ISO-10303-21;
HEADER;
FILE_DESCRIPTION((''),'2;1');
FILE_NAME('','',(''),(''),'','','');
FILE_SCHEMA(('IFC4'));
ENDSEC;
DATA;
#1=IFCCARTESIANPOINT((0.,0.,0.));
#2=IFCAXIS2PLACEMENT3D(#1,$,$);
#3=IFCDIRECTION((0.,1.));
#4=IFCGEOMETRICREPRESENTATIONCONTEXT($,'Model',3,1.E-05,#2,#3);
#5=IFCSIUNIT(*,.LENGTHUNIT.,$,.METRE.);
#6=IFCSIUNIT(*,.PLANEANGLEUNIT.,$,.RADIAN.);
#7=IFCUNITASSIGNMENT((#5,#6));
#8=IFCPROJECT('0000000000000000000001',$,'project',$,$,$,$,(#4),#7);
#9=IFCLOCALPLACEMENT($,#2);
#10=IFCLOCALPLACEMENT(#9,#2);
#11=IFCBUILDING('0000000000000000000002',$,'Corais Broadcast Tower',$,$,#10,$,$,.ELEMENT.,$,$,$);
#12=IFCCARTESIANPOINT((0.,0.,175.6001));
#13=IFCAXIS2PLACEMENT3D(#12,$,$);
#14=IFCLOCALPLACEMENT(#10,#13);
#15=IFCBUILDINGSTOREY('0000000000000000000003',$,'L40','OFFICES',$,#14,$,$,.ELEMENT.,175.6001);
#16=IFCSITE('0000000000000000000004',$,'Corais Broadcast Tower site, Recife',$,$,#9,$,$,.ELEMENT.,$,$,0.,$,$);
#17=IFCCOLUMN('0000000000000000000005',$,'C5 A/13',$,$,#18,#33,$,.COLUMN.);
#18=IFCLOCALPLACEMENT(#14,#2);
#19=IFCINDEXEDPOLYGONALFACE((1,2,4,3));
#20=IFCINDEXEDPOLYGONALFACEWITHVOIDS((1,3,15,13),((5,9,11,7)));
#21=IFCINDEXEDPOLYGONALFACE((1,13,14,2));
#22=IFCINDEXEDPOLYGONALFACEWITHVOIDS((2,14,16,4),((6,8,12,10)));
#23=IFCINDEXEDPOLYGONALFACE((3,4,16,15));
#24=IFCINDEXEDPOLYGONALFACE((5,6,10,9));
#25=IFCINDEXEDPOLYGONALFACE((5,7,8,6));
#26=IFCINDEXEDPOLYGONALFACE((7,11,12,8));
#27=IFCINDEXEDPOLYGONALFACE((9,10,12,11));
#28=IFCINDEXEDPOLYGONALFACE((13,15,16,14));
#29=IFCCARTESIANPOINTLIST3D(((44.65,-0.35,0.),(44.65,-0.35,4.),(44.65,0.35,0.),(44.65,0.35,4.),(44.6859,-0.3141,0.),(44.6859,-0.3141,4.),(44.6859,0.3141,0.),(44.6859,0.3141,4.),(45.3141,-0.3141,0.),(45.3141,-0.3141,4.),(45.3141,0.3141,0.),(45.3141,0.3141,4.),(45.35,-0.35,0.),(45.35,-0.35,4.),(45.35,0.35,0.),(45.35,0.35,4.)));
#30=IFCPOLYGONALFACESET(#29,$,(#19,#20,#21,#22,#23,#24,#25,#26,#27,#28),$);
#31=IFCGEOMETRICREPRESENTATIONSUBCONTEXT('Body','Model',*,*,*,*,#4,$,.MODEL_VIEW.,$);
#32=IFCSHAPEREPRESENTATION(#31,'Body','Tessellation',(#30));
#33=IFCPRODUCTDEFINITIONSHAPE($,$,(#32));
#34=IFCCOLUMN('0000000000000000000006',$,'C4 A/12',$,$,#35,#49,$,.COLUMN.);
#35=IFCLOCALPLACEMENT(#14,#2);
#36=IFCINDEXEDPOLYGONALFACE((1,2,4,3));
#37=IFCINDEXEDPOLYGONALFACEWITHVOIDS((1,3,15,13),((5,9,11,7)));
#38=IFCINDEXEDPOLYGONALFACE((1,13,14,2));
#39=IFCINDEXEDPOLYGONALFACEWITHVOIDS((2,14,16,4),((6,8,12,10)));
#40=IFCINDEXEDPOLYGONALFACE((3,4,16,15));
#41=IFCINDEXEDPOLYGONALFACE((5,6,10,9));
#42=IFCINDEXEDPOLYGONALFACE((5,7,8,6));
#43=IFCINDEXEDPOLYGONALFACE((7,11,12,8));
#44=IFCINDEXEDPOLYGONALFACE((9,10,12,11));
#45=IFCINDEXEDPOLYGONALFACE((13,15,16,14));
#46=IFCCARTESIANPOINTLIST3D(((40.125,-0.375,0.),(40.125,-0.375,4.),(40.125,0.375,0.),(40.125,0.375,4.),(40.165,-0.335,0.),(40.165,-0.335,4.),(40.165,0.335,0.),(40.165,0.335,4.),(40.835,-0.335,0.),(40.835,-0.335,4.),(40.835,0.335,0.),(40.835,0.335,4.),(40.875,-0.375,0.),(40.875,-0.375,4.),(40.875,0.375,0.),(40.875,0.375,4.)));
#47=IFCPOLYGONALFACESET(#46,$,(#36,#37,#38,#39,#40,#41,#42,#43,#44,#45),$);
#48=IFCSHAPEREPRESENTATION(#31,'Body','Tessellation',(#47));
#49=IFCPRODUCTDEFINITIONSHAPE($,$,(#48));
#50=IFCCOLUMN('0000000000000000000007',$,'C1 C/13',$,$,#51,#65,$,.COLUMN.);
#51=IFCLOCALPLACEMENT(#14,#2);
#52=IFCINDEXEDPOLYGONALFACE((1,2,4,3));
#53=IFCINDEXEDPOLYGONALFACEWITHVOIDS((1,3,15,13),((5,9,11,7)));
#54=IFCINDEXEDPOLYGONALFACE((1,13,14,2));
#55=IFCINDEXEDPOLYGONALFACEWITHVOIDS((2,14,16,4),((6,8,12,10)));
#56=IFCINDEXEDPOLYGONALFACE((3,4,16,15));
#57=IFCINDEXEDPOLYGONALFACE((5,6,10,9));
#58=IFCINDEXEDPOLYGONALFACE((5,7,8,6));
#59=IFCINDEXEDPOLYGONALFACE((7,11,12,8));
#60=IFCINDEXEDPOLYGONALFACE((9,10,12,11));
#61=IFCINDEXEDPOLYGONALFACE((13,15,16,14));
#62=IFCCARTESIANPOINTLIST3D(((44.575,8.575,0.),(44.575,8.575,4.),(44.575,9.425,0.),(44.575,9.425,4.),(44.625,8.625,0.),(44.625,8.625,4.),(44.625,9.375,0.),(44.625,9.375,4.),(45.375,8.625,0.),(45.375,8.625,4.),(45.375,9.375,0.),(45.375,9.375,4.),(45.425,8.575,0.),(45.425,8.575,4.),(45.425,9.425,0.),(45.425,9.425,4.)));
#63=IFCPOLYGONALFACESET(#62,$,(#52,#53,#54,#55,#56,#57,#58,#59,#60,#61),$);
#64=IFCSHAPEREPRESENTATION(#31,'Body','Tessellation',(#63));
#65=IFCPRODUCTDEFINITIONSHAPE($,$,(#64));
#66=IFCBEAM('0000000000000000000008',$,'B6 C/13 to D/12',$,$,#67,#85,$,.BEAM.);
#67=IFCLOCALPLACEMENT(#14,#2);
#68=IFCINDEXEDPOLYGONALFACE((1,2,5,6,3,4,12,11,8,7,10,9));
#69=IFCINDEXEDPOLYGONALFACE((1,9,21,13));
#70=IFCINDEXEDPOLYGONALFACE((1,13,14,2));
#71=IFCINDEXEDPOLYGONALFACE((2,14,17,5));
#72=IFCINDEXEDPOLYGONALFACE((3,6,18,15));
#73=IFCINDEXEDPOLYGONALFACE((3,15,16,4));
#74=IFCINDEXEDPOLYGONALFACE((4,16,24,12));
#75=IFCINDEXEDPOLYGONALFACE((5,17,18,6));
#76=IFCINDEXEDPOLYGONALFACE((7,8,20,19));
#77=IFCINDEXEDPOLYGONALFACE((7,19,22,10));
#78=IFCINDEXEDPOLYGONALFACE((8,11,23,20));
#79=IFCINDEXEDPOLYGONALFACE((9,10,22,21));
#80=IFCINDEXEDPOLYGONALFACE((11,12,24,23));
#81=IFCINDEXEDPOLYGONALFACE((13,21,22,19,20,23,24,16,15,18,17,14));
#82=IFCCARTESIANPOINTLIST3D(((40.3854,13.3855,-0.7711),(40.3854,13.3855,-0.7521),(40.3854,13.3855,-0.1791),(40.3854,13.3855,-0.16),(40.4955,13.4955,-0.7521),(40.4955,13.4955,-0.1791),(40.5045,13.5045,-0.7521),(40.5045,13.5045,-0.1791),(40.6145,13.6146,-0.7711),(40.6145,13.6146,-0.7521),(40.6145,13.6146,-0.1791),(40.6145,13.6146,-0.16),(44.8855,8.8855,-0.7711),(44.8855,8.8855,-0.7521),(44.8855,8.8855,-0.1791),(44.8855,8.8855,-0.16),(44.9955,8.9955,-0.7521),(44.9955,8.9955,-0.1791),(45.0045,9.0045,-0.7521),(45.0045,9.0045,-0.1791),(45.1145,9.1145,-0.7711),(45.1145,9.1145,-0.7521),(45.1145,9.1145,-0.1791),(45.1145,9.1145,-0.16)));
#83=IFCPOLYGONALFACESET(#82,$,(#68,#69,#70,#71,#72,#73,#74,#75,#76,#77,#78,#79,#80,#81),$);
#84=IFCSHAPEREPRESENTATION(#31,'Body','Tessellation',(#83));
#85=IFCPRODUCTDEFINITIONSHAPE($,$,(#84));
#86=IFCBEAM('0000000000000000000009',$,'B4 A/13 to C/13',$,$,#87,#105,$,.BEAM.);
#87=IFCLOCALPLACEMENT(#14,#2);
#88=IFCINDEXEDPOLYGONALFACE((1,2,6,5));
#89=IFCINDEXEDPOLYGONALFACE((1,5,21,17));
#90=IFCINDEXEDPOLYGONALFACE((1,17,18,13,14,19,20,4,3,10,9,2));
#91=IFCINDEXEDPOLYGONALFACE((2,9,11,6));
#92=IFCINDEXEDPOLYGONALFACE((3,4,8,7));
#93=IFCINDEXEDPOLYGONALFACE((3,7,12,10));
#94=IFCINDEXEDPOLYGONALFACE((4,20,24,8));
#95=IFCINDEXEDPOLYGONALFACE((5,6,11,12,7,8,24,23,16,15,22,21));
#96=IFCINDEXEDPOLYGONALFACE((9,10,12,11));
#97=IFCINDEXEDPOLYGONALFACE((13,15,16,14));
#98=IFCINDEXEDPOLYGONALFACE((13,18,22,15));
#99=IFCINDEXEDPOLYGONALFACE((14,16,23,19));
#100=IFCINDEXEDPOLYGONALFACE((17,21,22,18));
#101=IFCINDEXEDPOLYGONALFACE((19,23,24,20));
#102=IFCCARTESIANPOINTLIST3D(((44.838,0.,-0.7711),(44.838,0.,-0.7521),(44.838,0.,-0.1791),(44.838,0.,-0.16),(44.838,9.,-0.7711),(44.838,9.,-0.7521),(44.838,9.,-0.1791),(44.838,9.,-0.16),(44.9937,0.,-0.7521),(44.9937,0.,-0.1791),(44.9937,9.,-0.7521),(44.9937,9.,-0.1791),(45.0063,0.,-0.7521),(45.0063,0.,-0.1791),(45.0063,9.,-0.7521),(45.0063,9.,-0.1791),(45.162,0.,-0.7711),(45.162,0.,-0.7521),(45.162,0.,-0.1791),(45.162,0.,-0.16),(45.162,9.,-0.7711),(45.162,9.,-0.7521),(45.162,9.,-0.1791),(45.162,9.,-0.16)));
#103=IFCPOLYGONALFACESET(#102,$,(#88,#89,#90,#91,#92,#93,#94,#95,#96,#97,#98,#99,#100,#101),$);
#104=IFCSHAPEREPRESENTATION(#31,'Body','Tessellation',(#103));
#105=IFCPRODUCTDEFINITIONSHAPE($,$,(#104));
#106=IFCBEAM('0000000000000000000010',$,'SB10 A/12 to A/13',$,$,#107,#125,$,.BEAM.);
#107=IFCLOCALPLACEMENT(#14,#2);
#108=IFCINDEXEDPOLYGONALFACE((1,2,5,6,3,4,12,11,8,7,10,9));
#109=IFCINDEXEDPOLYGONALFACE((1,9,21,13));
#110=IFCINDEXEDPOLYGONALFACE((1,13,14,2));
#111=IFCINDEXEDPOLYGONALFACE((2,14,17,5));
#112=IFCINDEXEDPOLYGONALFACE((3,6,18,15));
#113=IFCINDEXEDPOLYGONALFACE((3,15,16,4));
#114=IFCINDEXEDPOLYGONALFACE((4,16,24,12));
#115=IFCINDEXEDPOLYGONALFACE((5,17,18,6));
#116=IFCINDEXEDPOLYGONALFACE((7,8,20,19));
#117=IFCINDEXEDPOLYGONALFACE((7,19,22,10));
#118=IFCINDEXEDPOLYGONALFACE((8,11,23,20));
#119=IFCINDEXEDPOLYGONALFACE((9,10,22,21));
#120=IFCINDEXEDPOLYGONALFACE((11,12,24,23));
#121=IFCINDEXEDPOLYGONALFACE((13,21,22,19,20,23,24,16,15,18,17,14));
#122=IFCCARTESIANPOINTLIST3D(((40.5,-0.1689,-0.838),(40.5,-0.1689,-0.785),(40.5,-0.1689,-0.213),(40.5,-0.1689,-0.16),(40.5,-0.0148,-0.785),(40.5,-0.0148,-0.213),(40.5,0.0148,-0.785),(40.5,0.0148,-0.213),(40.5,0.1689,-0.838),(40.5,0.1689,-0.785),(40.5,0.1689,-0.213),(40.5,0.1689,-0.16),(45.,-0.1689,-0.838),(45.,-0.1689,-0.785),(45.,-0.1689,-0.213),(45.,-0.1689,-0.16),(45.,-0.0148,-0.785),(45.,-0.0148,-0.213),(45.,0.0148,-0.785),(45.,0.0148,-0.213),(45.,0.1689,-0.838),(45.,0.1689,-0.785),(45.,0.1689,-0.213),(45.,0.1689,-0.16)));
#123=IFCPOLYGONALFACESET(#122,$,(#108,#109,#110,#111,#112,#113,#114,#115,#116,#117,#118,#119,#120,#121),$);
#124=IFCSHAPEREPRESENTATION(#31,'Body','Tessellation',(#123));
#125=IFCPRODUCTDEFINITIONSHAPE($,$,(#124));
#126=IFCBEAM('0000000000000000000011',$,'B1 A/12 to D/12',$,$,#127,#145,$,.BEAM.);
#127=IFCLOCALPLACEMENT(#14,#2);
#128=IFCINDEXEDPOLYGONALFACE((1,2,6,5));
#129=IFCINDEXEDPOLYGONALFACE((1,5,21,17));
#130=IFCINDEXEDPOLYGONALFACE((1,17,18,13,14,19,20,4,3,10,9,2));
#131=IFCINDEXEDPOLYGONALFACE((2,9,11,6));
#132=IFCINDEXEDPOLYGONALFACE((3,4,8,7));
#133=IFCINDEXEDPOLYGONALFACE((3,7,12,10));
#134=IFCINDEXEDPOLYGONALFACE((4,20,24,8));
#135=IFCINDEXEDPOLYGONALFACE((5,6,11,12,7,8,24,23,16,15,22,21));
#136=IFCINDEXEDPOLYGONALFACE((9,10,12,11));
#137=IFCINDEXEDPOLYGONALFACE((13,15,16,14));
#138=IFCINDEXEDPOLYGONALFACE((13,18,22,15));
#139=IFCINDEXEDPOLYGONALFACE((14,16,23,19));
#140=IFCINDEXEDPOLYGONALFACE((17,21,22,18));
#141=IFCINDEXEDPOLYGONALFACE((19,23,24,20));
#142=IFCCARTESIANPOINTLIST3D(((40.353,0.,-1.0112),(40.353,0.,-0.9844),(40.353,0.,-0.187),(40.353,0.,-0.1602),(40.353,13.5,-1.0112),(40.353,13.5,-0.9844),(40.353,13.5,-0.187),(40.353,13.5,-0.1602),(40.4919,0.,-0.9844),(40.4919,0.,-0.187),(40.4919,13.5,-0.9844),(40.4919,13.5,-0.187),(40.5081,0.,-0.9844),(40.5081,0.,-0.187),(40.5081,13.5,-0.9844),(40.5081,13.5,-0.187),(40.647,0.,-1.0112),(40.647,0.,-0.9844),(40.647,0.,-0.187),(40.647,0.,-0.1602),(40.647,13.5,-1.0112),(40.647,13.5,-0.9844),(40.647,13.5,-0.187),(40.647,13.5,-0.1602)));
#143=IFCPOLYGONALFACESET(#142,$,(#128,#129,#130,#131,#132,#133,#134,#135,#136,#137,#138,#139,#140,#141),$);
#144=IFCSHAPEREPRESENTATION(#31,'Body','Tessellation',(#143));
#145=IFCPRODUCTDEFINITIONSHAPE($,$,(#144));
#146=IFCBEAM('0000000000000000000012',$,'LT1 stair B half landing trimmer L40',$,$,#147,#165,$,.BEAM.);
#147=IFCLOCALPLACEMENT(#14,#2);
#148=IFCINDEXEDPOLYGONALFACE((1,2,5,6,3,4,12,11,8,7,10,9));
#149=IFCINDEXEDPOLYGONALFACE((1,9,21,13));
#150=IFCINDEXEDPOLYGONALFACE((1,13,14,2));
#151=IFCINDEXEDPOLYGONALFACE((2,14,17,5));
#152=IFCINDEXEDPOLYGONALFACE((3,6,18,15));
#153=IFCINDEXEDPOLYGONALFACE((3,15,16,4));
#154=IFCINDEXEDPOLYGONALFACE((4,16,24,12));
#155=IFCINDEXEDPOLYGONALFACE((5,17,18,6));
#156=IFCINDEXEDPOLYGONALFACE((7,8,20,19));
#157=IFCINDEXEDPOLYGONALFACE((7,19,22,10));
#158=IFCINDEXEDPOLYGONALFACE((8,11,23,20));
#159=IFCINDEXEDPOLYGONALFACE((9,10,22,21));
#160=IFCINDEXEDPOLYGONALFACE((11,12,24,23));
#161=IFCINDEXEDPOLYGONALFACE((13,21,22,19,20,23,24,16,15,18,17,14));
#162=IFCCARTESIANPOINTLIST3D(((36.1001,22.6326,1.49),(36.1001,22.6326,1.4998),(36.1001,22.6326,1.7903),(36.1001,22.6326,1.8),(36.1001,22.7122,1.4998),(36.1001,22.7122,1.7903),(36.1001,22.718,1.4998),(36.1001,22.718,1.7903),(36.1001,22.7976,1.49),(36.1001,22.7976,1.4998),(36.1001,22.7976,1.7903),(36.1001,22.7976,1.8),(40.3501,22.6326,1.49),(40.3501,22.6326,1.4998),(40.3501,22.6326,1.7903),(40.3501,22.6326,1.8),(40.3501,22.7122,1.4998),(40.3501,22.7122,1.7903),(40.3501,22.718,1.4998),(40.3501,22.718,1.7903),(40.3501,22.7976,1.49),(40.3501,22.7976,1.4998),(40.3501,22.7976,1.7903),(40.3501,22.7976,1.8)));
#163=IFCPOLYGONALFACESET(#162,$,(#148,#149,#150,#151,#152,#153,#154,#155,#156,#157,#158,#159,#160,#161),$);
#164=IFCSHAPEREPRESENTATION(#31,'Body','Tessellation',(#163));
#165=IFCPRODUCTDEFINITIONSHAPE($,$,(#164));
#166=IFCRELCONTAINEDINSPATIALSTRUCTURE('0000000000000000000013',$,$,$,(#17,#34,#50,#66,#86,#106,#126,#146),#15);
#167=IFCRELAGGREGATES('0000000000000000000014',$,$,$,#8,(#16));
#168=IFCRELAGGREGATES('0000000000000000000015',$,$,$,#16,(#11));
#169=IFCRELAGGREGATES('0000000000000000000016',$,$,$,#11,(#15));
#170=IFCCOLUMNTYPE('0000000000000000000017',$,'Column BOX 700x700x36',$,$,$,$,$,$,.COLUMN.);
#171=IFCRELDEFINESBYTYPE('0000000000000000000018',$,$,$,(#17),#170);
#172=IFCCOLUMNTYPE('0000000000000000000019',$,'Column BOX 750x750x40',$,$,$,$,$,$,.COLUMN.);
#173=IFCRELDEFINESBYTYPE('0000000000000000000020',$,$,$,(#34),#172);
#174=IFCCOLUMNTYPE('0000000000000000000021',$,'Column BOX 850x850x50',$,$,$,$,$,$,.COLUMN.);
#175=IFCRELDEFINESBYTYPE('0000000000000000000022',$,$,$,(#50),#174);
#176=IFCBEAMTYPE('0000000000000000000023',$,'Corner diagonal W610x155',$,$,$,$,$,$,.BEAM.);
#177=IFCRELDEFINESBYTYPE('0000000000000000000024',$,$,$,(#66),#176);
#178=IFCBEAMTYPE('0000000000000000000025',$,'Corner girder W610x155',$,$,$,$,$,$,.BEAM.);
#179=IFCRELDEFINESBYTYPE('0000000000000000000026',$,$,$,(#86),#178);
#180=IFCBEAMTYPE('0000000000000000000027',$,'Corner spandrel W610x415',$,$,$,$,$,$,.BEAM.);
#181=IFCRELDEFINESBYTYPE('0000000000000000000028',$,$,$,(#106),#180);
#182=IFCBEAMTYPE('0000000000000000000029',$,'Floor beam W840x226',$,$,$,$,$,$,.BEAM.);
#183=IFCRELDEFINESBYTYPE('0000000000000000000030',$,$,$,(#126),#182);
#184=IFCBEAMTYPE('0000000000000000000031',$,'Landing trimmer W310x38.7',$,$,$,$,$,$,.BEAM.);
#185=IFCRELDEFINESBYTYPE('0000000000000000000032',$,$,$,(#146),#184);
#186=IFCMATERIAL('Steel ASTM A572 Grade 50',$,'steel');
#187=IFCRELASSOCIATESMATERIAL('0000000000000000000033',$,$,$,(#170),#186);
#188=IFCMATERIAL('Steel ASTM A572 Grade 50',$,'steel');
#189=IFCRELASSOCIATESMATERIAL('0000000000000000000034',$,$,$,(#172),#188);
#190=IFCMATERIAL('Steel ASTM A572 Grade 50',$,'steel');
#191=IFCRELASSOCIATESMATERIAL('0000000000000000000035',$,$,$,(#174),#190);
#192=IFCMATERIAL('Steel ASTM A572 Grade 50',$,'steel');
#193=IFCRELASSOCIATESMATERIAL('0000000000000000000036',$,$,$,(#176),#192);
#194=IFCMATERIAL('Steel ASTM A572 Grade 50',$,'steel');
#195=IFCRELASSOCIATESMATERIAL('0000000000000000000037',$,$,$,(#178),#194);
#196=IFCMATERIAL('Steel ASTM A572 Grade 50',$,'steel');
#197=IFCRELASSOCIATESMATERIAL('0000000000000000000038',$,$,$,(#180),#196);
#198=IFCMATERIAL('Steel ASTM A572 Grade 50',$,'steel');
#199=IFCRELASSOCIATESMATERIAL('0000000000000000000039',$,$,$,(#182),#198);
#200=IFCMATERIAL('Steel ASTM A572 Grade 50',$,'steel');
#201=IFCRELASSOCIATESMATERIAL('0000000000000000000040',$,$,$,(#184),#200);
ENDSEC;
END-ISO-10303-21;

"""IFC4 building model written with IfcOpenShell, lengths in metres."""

from ifc_helpers import new_model, si_unit, direction, frame, origin, origin_2d, place, context, subcontext, project, spatial, hollow_rectangle, i_section, extrude, material, material_profile, profile_set, type_object, element, save


model = new_model("IFC4")

# Units and contexts
model_context = context("Model", 3, precision=1e-05, world=origin(), true_north=direction((0.0, 1.0)))
body_context = subcontext(model_context, "Body", "Model", "MODEL_VIEW")
ifc_project = project(units=[si_unit("LENGTHUNIT", "METRE"), si_unit("PLANEANGLEUNIT", "RADIAN")], contexts=[model_context])

# Site, building, storey
site_placement = place(None, origin())
site = spatial("IfcSite", under=ifc_project, at=site_placement, Name="Corais Broadcast Tower site, Recife", CompositionType="ELEMENT", RefElevation=0.0)
building_placement = place(site_placement, origin())
building = spatial("IfcBuilding", under=site, at=building_placement, Name="Corais Broadcast Tower", CompositionType="ELEMENT")
storey_placement = place(building_placement, frame((0.0, 0.0, 175.6001)))
storey = spatial("IfcBuildingStorey", under=building, at=storey_placement, Name="L40", Description="OFFICES", CompositionType="ELEMENT", Elevation=175.6001)

# Columns
ifc_material_1 = material(Name="Steel ASTM A572 Grade 50", Category="steel")
ifc_material_profile_1 = material_profile(ifc_material_1, hollow_rectangle(XDim=0.7, YDim=0.7, WallThickness=0.0359, at=origin_2d()), Name="BOX 700x700x36")
ifc_profile_set_1 = profile_set([ifc_material_profile_1], Name="Steel ASTM A572 Grade 50")
column_type_1 = type_object("IfcColumnType", Name="Column BOX 700x700x36", PredefinedType="COLUMN", material=ifc_profile_set_1)
column_1_placement = place(storey_placement, frame((45.0, 0.0, 0.0), z_axis=(0.0, 0.0, 1.0), x_axis=(1.0, 0.0, 0.0)))
element("IfcColumn", 1, at=column_1_placement, inside=storey, type_object=column_type_1, Name="C5 A/13", PredefinedType="COLUMN", context=body_context, shape_type="SweptSolid", body=[
    extrude(hollow_rectangle(XDim=0.7, YDim=0.7, WallThickness=0.0359, at=origin_2d()), origin(), (0.0, 0.0, 1.0), 4.0),
])
ifc_material_2 = material(Name="Steel ASTM A572 Grade 50", Category="steel")
ifc_material_profile_2 = material_profile(ifc_material_2, hollow_rectangle(XDim=0.75, YDim=0.75, WallThickness=0.04, at=origin_2d()), Name="BOX 750x750x40")
ifc_profile_set_2 = profile_set([ifc_material_profile_2], Name="Steel ASTM A572 Grade 50")
column_type_2 = type_object("IfcColumnType", Name="Column BOX 750x750x40", PredefinedType="COLUMN", material=ifc_profile_set_2)
column_2_placement = place(storey_placement, frame((40.5, 0.0, 0.0), z_axis=(0.0, 0.0, 1.0), x_axis=(1.0, 0.0, 0.0)))
element("IfcColumn", 2, at=column_2_placement, inside=storey, type_object=column_type_2, Name="C4 A/12", PredefinedType="COLUMN", context=body_context, shape_type="SweptSolid", body=[
    extrude(hollow_rectangle(XDim=0.75, YDim=0.75, WallThickness=0.04, at=origin_2d()), origin(), (0.0, 0.0, 1.0), 4.0),
])
ifc_material_3 = material(Name="Steel ASTM A572 Grade 50", Category="steel")
ifc_material_profile_3 = material_profile(ifc_material_3, hollow_rectangle(XDim=0.8501, YDim=0.8501, WallThickness=0.05, at=origin_2d()), Name="BOX 850x850x50")
ifc_profile_set_3 = profile_set([ifc_material_profile_3], Name="Steel ASTM A572 Grade 50")
column_type_3 = type_object("IfcColumnType", Name="Column BOX 850x850x50", PredefinedType="COLUMN", material=ifc_profile_set_3)
column_3_placement = place(storey_placement, frame((45.0, 9.0, 0.0), z_axis=(0.0, 0.0, 1.0), x_axis=(1.0, 0.0, 0.0)))
element("IfcColumn", 3, at=column_3_placement, inside=storey, type_object=column_type_3, Name="C1 C/13", PredefinedType="COLUMN", context=body_context, shape_type="SweptSolid", body=[
    extrude(hollow_rectangle(XDim=0.8501, YDim=0.8501, WallThickness=0.05, at=origin_2d()), origin(), (0.0, 0.0, 1.0), 4.0),
])

# Beams
ifc_material_4 = material(Name="Steel ASTM A572 Grade 50", Category="steel")
ifc_material_profile_4 = material_profile(ifc_material_4, i_section(OverallWidth=0.324, OverallDepth=0.6111, WebThickness=0.0127, FlangeThickness=0.019, at=origin_2d()), Name="W610x155")
ifc_profile_set_4 = profile_set([ifc_material_profile_4], Name="Steel ASTM A572 Grade 50")
beam_type_1 = type_object("IfcBeamType", Name="Corner diagonal W610x155", PredefinedType="BEAM", material=ifc_profile_set_4)
beam_1_placement = place(storey_placement, frame((45.0, 9.0, -0.4656), z_axis=(-0.707107, 0.707107, 0.0), x_axis=(-0.707107, -0.707107, 0.0)))
element("IfcBeam", 4, at=beam_1_placement, inside=storey, type_object=beam_type_1, Name="B6 C/13 to D/12", PredefinedType="BEAM", context=body_context, shape_type="SweptSolid", body=[
    extrude(i_section(OverallWidth=0.324, OverallDepth=0.6111, WebThickness=0.0127, FlangeThickness=0.019, at=origin_2d()), origin(), (0.0, 0.0, 1.0), 6.364),
])
ifc_material_5 = material(Name="Steel ASTM A572 Grade 50", Category="steel")
ifc_material_profile_5 = material_profile(ifc_material_5, i_section(OverallWidth=0.324, OverallDepth=0.6111, WebThickness=0.0127, FlangeThickness=0.019, at=origin_2d()), Name="W610x155")
ifc_profile_set_5 = profile_set([ifc_material_profile_5], Name="Steel ASTM A572 Grade 50")
beam_type_2 = type_object("IfcBeamType", Name="Corner girder W610x155", PredefinedType="BEAM", material=ifc_profile_set_5)
beam_2_placement = place(storey_placement, frame((45.0, 0.0, -0.4656), z_axis=(0.0, 1.0, 0.0), x_axis=(-1.0, 0.0, 0.0)))
element("IfcBeam", 5, at=beam_2_placement, inside=storey, type_object=beam_type_2, Name="B4 A/13 to C/13", PredefinedType="BEAM", context=body_context, shape_type="SweptSolid", body=[
    extrude(i_section(OverallWidth=0.324, OverallDepth=0.6111, WebThickness=0.0127, FlangeThickness=0.019, at=origin_2d()), origin(), (0.0, 0.0, 1.0), 9.0),
])
ifc_material_6 = material(Name="Steel ASTM A572 Grade 50", Category="steel")
ifc_material_profile_6 = material_profile(ifc_material_6, i_section(OverallWidth=0.3379, OverallDepth=0.678, WebThickness=0.0295, FlangeThickness=0.053, at=origin_2d()), Name="W610x415")
ifc_profile_set_6 = profile_set([ifc_material_profile_6], Name="Steel ASTM A572 Grade 50")
beam_type_3 = type_object("IfcBeamType", Name="Corner spandrel W610x415", PredefinedType="BEAM", material=ifc_profile_set_6)
beam_3_placement = place(storey_placement, frame((40.5, 0.0, -0.499), z_axis=(1.0, 0.0, 0.0), x_axis=(0.0, 1.0, 0.0)))
element("IfcBeam", 6, at=beam_3_placement, inside=storey, type_object=beam_type_3, Name="SB10 A/12 to A/13", PredefinedType="BEAM", context=body_context, shape_type="SweptSolid", body=[
    extrude(i_section(OverallWidth=0.3379, OverallDepth=0.678, WebThickness=0.0295, FlangeThickness=0.053, at=origin_2d()), origin(), (0.0, 0.0, 1.0), 4.5),
])
ifc_material_7 = material(Name="Steel ASTM A572 Grade 50", Category="steel")
ifc_material_profile_7 = material_profile(ifc_material_7, i_section(OverallWidth=0.2939, OverallDepth=0.8511, WebThickness=0.0161, FlangeThickness=0.0269, at=origin_2d()), Name="W840x226")
ifc_profile_set_7 = profile_set([ifc_material_profile_7], Name="Steel ASTM A572 Grade 50")
beam_type_4 = type_object("IfcBeamType", Name="Floor beam W840x226", PredefinedType="BEAM", material=ifc_profile_set_7)
beam_4_placement = place(storey_placement, frame((40.5, 0.0, -0.5857), z_axis=(0.0, 1.0, 0.0), x_axis=(-1.0, 0.0, 0.0)))
element("IfcBeam", 7, at=beam_4_placement, inside=storey, type_object=beam_type_4, Name="B1 A/12 to D/12", PredefinedType="BEAM", context=body_context, shape_type="SweptSolid", body=[
    extrude(i_section(OverallWidth=0.2939, OverallDepth=0.8511, WebThickness=0.0161, FlangeThickness=0.0269, at=origin_2d()), origin(), (0.0, 0.0, 1.0), 13.5),
])
ifc_material_8 = material(Name="Steel ASTM A572 Grade 50", Category="steel")
ifc_material_profile_8 = material_profile(ifc_material_8, i_section(OverallWidth=0.165, OverallDepth=0.3101, WebThickness=0.0059, FlangeThickness=0.0098, at=origin_2d()), Name="W310x38.7")
ifc_profile_set_8 = profile_set([ifc_material_profile_8], Name="Steel ASTM A572 Grade 50")
beam_type_5 = type_object("IfcBeamType", Name="Landing trimmer W310x38.7", PredefinedType="BEAM", material=ifc_profile_set_8)
beam_5_placement = place(storey_placement, frame((36.1001, 22.7151, 1.645), z_axis=(1.0, 0.0, 0.0), x_axis=(0.0, 1.0, 0.0)))
element("IfcBeam", 8, at=beam_5_placement, inside=storey, type_object=beam_type_5, Name="LT1 stair B half landing trimmer L40", PredefinedType="BEAM", context=body_context, shape_type="SweptSolid", body=[
    extrude(i_section(OverallWidth=0.165, OverallDepth=0.3101, WebThickness=0.0059, FlangeThickness=0.0098, at=origin_2d()), origin(), (0.0, 0.0, 1.0), 4.25),
])

save(model, "model.ifc")
